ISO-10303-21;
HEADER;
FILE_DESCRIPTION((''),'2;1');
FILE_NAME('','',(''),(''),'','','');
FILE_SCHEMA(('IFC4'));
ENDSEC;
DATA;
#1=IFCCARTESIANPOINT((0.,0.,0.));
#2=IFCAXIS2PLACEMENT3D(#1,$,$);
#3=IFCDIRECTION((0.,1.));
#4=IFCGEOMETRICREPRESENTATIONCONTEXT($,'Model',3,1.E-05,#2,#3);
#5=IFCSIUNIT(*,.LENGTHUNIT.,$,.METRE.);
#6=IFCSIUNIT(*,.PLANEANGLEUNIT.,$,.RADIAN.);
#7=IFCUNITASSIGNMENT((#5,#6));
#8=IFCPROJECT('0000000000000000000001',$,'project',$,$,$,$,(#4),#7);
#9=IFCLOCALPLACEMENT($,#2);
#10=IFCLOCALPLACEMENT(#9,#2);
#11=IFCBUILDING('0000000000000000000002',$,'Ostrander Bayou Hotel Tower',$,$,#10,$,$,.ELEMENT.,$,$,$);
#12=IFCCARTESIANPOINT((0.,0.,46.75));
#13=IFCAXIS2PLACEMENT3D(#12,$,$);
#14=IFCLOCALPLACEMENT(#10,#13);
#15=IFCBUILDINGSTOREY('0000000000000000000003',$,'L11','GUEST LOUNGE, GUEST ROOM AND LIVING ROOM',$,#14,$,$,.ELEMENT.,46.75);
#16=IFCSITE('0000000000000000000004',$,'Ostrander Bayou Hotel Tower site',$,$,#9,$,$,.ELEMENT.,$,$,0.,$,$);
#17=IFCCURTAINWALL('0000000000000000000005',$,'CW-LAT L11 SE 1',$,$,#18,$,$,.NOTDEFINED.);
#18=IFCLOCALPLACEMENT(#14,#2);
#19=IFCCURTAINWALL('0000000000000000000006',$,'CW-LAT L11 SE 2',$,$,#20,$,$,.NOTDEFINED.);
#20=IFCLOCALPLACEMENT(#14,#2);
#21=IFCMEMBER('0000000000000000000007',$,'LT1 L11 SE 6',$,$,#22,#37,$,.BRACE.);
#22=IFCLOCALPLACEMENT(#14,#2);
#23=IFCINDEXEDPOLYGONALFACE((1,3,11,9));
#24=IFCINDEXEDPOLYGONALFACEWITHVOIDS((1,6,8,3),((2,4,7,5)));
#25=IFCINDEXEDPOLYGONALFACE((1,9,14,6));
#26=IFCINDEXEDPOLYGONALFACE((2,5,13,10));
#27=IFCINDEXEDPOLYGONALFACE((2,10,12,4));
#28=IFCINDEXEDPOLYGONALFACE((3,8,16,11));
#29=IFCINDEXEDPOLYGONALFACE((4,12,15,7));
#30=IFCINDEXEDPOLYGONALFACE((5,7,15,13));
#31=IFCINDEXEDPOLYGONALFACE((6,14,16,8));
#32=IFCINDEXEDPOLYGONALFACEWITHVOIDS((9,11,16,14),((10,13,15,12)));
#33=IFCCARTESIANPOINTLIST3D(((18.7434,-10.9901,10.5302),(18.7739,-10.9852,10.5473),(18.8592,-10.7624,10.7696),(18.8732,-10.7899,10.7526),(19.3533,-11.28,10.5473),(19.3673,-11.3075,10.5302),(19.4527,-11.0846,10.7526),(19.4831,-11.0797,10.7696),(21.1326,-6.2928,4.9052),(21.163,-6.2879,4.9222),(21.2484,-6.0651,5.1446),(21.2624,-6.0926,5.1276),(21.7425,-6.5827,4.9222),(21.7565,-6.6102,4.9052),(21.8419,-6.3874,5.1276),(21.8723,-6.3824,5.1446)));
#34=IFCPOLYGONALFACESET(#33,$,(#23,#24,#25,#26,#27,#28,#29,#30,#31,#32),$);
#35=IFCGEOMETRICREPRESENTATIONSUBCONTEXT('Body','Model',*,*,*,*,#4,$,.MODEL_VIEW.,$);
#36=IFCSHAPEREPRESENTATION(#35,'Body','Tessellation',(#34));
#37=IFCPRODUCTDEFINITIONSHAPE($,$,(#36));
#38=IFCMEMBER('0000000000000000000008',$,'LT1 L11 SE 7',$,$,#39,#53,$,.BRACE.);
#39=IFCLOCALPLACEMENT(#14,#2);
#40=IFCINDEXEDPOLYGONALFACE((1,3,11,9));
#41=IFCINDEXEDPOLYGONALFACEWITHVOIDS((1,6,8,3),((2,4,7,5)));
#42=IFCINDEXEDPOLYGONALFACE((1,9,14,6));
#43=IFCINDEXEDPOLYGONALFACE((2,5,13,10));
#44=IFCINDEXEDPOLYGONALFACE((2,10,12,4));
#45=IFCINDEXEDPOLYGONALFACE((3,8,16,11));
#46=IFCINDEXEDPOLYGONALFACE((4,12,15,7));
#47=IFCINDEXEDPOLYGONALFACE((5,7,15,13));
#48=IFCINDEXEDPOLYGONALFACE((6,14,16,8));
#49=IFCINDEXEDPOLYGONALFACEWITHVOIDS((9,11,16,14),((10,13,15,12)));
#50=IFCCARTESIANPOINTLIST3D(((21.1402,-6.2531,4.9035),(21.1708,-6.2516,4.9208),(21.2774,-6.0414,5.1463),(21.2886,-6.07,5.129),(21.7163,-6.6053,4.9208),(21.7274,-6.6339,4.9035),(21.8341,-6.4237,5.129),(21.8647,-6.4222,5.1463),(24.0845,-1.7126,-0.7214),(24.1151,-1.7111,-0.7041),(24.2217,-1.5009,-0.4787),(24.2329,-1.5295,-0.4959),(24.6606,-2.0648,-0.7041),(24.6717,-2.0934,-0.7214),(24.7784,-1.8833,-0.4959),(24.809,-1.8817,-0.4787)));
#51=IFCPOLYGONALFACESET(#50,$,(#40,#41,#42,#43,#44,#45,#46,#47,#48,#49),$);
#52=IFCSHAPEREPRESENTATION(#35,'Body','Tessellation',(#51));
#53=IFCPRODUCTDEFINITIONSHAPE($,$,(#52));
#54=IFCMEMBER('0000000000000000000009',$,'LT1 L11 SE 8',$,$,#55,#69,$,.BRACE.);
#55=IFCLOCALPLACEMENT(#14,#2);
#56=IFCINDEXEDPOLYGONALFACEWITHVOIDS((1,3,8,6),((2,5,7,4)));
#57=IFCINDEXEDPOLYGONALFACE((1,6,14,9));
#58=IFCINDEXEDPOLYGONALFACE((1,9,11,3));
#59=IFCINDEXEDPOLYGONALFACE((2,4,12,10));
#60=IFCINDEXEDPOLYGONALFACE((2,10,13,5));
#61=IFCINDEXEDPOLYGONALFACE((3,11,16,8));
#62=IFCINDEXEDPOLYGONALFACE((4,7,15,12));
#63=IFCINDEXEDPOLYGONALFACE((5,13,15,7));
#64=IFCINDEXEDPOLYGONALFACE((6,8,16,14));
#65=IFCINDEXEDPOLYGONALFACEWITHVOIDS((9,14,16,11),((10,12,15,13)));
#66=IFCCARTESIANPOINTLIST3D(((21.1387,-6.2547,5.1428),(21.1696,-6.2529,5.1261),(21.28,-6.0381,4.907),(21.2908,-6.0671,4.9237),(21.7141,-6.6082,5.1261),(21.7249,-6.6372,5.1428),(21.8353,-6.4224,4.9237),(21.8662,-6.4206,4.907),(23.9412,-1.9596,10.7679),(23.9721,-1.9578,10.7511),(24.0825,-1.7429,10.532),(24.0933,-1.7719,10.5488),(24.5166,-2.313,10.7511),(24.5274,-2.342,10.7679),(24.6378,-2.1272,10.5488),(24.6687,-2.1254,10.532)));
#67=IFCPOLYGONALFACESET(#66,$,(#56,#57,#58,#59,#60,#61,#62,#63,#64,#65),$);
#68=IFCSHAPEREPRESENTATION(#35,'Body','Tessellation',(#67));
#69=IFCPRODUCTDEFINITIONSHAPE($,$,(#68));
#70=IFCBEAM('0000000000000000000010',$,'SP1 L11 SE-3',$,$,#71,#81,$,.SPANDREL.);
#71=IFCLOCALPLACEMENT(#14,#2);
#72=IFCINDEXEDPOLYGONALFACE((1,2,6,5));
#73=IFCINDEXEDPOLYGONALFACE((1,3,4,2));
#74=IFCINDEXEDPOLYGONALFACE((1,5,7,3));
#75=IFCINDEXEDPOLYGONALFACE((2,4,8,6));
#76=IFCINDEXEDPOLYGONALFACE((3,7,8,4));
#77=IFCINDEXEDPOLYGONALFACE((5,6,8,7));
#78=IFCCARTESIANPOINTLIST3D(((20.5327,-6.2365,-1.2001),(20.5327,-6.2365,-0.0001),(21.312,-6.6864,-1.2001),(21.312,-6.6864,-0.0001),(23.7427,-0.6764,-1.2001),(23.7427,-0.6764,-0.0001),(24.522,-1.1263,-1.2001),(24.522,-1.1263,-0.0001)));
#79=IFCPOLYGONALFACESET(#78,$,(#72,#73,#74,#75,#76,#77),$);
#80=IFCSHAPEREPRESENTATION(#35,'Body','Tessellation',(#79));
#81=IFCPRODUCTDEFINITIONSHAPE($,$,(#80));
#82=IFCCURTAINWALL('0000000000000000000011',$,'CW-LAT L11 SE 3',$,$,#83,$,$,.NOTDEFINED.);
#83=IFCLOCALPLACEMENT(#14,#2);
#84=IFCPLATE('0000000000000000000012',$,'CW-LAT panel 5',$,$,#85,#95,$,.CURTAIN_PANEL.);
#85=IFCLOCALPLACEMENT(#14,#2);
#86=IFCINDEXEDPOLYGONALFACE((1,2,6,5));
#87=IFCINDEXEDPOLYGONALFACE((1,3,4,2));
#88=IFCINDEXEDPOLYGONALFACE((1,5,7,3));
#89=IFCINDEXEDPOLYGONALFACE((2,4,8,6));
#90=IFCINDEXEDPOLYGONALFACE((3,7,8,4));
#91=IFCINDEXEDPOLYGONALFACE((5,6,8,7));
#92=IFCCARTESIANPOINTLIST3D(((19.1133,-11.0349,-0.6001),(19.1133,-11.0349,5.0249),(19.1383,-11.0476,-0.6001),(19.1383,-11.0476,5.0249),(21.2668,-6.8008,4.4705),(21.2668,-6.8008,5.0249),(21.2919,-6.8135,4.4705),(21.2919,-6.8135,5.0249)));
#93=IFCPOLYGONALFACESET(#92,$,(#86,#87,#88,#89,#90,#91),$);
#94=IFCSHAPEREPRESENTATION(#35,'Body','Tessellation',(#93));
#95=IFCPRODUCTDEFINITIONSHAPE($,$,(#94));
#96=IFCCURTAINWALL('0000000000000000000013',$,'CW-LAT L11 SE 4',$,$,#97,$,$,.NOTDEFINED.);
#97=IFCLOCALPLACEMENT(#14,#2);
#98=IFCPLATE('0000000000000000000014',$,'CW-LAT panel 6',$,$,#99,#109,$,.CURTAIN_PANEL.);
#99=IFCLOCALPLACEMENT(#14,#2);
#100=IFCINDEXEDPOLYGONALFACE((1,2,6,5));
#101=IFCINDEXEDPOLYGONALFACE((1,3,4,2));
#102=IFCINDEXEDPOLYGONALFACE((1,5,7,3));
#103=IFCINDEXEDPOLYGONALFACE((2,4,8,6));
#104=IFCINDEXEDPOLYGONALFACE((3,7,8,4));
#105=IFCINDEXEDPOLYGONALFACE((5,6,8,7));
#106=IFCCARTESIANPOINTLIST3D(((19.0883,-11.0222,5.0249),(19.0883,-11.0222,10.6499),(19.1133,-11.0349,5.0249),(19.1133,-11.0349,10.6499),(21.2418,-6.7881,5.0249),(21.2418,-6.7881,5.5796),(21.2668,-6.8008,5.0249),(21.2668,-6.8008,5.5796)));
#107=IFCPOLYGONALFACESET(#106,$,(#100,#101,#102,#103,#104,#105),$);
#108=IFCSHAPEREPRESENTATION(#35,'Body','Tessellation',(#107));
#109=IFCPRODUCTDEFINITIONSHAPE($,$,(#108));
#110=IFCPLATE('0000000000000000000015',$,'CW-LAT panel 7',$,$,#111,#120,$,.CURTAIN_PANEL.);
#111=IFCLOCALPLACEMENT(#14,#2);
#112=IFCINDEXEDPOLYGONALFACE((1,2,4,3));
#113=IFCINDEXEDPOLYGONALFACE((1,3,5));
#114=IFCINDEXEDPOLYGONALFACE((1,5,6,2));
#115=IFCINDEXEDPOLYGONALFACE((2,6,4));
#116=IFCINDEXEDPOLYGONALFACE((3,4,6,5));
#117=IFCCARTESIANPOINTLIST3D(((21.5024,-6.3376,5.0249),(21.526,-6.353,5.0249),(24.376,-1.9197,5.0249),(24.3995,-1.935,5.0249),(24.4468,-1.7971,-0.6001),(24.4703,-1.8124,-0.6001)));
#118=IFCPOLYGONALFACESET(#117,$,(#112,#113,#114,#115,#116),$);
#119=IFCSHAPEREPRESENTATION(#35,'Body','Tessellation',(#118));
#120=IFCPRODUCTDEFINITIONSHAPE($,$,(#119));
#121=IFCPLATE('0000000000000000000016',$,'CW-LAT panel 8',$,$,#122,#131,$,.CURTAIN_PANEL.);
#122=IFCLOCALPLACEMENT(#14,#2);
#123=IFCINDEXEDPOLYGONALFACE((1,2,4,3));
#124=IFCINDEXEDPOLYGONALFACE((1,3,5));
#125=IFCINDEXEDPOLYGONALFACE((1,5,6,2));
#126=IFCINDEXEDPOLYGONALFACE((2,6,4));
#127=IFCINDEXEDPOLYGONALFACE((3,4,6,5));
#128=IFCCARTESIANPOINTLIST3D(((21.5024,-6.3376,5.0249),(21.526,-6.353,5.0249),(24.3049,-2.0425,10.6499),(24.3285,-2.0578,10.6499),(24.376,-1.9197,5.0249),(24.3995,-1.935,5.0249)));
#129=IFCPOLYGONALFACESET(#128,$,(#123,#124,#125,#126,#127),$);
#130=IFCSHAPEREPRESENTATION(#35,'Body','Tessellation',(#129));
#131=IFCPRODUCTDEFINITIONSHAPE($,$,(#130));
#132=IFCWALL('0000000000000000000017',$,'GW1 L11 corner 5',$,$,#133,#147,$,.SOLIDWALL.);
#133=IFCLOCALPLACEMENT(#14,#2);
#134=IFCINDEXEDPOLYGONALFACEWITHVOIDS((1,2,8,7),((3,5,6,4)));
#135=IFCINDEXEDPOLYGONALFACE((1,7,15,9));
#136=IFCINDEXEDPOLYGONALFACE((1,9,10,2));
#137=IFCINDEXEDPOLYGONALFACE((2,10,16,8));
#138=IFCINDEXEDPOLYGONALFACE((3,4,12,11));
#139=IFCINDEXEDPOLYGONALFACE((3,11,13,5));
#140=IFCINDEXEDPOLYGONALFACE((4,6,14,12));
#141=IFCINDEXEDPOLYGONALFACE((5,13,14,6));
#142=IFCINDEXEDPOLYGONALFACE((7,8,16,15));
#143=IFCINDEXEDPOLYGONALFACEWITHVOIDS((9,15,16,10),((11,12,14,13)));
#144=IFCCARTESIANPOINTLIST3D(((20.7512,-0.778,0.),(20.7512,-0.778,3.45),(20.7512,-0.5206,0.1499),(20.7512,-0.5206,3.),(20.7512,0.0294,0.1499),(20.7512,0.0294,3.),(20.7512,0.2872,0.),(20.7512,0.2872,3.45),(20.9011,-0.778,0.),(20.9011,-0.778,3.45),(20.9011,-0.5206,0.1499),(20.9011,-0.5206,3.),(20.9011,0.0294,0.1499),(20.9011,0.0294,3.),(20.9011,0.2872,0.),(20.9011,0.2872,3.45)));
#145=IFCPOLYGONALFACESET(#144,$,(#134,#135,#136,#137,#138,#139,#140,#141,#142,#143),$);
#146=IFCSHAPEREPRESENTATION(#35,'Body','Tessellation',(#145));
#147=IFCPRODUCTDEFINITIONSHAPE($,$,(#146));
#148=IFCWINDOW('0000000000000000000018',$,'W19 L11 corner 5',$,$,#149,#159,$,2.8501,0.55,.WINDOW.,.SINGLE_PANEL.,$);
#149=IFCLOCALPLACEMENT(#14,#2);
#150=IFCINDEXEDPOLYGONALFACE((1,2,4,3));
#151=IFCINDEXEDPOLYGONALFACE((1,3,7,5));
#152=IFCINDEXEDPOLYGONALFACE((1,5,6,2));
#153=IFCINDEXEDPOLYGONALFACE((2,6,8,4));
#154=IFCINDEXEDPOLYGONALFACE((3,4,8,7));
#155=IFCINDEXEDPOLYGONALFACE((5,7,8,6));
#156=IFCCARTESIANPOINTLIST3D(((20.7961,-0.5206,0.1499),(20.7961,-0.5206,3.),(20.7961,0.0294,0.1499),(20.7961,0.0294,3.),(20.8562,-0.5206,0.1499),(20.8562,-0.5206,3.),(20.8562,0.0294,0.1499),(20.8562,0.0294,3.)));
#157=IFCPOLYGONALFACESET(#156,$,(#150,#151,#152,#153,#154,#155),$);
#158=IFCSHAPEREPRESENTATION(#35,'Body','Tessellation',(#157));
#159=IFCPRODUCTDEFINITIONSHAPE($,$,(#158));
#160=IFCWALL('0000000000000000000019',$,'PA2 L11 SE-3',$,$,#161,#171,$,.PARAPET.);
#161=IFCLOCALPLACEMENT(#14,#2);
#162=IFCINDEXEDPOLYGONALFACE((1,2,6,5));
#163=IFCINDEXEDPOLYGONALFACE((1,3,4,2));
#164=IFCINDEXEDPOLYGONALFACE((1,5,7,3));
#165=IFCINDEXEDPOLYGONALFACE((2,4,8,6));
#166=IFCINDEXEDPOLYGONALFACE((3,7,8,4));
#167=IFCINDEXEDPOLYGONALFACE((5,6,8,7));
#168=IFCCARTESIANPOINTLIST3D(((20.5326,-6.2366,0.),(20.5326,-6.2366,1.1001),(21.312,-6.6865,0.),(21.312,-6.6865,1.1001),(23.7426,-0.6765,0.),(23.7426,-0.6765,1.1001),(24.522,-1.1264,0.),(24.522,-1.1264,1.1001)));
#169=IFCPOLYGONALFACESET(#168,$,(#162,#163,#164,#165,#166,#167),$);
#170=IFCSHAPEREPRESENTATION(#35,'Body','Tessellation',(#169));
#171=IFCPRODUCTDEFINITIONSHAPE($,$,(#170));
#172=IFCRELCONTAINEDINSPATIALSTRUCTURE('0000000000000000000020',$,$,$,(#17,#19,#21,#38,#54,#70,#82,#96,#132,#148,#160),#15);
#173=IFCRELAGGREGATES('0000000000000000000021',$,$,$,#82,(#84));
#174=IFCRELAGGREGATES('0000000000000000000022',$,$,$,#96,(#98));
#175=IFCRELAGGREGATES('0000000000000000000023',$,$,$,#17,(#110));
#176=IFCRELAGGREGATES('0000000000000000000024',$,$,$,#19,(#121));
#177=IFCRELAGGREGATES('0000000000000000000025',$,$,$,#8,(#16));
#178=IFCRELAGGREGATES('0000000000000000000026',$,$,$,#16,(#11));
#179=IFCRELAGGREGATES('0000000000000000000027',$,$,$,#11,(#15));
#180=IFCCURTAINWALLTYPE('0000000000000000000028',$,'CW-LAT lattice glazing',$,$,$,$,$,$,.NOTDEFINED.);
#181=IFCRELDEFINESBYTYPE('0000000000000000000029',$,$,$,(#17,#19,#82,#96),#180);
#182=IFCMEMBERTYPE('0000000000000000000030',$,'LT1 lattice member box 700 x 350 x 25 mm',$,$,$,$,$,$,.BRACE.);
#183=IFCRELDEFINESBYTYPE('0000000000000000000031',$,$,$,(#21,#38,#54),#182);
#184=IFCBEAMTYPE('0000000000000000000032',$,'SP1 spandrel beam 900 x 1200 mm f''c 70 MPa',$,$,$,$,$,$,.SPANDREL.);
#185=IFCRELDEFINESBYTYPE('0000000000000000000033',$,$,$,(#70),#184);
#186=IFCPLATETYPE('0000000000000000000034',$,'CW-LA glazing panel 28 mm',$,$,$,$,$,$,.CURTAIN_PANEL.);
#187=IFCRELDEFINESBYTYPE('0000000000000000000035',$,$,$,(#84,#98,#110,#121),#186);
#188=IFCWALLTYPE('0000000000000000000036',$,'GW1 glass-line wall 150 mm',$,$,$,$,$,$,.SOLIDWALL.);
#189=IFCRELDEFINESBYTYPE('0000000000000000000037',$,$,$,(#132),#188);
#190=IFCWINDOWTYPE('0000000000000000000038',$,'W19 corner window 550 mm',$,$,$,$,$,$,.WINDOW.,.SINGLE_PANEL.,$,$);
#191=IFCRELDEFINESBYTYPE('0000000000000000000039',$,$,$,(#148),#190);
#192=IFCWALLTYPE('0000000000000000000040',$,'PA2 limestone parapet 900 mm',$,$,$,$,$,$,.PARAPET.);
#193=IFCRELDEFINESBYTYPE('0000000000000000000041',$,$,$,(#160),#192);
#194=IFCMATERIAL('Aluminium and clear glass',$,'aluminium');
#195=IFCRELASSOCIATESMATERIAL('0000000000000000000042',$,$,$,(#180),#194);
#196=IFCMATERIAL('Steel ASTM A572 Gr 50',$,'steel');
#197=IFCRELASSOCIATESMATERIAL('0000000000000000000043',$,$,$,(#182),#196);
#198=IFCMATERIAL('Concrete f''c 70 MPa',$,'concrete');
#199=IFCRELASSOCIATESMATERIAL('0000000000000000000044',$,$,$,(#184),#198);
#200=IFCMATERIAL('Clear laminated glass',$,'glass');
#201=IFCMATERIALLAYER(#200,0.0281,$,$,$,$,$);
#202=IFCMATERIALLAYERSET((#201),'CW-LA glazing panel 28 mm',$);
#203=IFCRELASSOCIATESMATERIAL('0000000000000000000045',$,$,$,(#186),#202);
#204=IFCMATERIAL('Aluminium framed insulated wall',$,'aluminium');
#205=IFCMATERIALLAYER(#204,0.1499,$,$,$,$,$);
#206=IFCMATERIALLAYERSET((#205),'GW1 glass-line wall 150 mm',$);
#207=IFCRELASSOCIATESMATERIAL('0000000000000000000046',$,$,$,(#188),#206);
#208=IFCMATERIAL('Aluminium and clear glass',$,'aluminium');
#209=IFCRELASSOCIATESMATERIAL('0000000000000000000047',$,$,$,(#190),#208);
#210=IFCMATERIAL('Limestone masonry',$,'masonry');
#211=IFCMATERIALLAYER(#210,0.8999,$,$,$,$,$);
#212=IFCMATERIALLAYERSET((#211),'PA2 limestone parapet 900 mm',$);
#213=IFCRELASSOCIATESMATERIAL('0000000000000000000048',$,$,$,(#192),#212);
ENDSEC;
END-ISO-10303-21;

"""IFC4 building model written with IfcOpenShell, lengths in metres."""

from ifc_helpers import new_model, si_unit, direction, frame, frame_2d, origin, origin_2d, place, context, subcontext, project, spatial, polyline, rectangle, hollow_rectangle, outline, extrude, material, layer, layer_set, material_profile, profile_set, type_object, element, fill, aggregate, save


model = new_model("IFC4")

# Units and contexts
model_context = context("Model", 3, precision=1e-05, world=origin(), true_north=direction((0.0, 1.0)))
body_context = subcontext(model_context, "Body", "Model", "MODEL_VIEW")
ifc_project = project(units=[si_unit("LENGTHUNIT", "METRE"), si_unit("PLANEANGLEUNIT", "RADIAN")], contexts=[model_context])

# Site, building, storey
site_placement = place(None, origin())
site = spatial("IfcSite", under=ifc_project, at=site_placement, Name="Ostrander Bayou Hotel Tower site", CompositionType="ELEMENT", RefElevation=0.0)
building_placement = place(site_placement, origin())
building = spatial("IfcBuilding", under=site, at=building_placement, Name="Ostrander Bayou Hotel Tower", CompositionType="ELEMENT")
storey_placement = place(building_placement, frame((0.0, 0.0, 46.75)))
storey = spatial("IfcBuildingStorey", under=building, at=storey_placement, Name="L11", Description="GUEST LOUNGE, GUEST ROOM AND LIVING ROOM", CompositionType="ELEMENT", Elevation=46.75)

# Curtain walls
ifc_material_1 = material(Name="Aluminium and clear glass", Category="aluminium")
curtain_wall_type = type_object("IfcCurtainWallType", Name="CW-LAT lattice glazing", PredefinedType="NOTDEFINED", material=ifc_material_1)
curtain_wall_1_placement = place(storey_placement, origin())
curtain_wall_1 = element("IfcCurtainWall", 1, at=curtain_wall_1_placement, inside=storey, type_object=curtain_wall_type, Name="CW-LAT L11 SE 1", PredefinedType="NOTDEFINED")
curtain_wall_2_placement = place(storey_placement, origin())
curtain_wall_2 = element("IfcCurtainWall", 2, at=curtain_wall_2_placement, inside=storey, type_object=curtain_wall_type, Name="CW-LAT L11 SE 2", PredefinedType="NOTDEFINED")

# Members
ifc_material_2 = material(Name="Steel ASTM A572 Gr 50", Category="steel")
ifc_material_profile_1 = material_profile(ifc_material_2, hollow_rectangle(XDim=0.7, YDim=0.3501, WallThickness=0.0249, at=origin_2d()))
ifc_profile_set_1 = profile_set([ifc_material_profile_1], Name="Steel ASTM A572 Gr 50")
member_type_1 = type_object("IfcMemberType", Name="LT1 lattice member box 700 x 350 x 25 mm", PredefinedType="BRACE", material=ifc_profile_set_1)
for number, where, z_axis, x_axis, name in (
    (3, (21.5024, -6.3376, 5.0249), (-0.309959, -0.609403, 0.729763), (0.89133, -0.453355, 0.0), "LT1 L11 SE 6"),
):
    element("IfcMember", number, at=place(storey_placement, frame(where, z_axis=z_axis, x_axis=x_axis)), inside=storey, type_object=member_type_1, Name=name, PredefinedType="BRACE", context=body_context, shape_type="SweptSolid", body=[
        extrude(hollow_rectangle(XDim=0.7, YDim=0.3501, WallThickness=0.0249, at=origin_2d()), origin(), (0.0, 0.0, 1.0), 7.708),
    ])
member_1_placement = place(storey_placement, frame((21.5024, -6.3376, 5.0249), z_axis=(0.377212, 0.581707, -0.720644), x_axis=(-0.839035, 0.544078, 0.0)))
element("IfcMember", 4, at=member_1_placement, inside=storey, type_object=member_type_1, Name="LT1 L11 SE 7", PredefinedType="BRACE", context=body_context, shape_type="SweptSolid", body=[
    extrude(hollow_rectangle(XDim=0.7, YDim=0.3501, WallThickness=0.0249, at=origin_2d()), origin(), (0.0, 0.0, 1.0), 7.8054),
])
member_2_placement = place(storey_placement, frame((21.5024, -6.3376, 5.0249), z_axis=(0.368166, 0.56426, 0.738962), x_axis=(-0.837495, 0.546445, 0.0)))
element("IfcMember", 5, at=member_2_placement, inside=storey, type_object=member_type_1, Name="LT1 L11 SE 8", PredefinedType="BRACE", context=body_context, shape_type="SweptSolid", body=[
    extrude(hollow_rectangle(XDim=0.7, YDim=0.3501, WallThickness=0.0249, at=origin_2d()), origin(), (0.0, 0.0, 1.0), 7.6121),
])

# Beam
ifc_material_3 = material(Name="Concrete f'c 70 MPa", Category="concrete")
ifc_material_profile_2 = material_profile(ifc_material_3, rectangle(XDim=0.8999, YDim=1.2, at=origin_2d()))
ifc_profile_set_2 = profile_set([ifc_material_profile_2], Name="Concrete f'c 70 MPa")
beam_type_1 = type_object("IfcBeamType", Name="SP1 spandrel beam 900 x 1200 mm f'c 70 MPa", PredefinedType="SPANDREL", material=ifc_profile_set_2)
beam_1_placement = place(storey_placement, frame((20.9224, -6.4614, -0.6001), z_axis=(0.499984, 0.866035, 0.0), x_axis=(-0.866035, 0.499984, 0.0)))
element("IfcBeam", 6, at=beam_1_placement, inside=storey, type_object=beam_type_1, Name="SP1 L11 SE-3", PredefinedType="SPANDREL", context=body_context, shape_type="SweptSolid", body=[
    extrude(rectangle(XDim=0.8999, YDim=1.2, at=origin_2d()), origin(), (0.0, 0.0, 1.0), 6.4202),
])

# Curtain walls, plates
curtain_wall_3_placement = place(storey_placement, origin())
curtain_wall_3 = element("IfcCurtainWall", 7, at=curtain_wall_3_placement, inside=storey, type_object=curtain_wall_type, Name="CW-LAT L11 SE 3", PredefinedType="NOTDEFINED")
ifc_material_4 = material(Name="Clear laminated glass", Category="glass")
ifc_layer_1 = layer(ifc_material_4, 0.0281)
ifc_layer_set_1 = layer_set([ifc_layer_1], Name="CW-LA glazing panel 28 mm")
plate_type = type_object("IfcPlateType", Name="CW-LA glazing panel 28 mm", PredefinedType="CURTAIN_PANEL", material=ifc_layer_set_1)
plate_1_placement = place(storey_placement, frame((21.2668, -6.8008, 4.4705), z_axis=(-0.891333, 0.45335, 0.0), x_axis=(-0.30995, -0.609393, -0.729775)))
plate_1 = element("IfcPlate", 8, at=plate_1_placement, type_object=plate_type, Name="CW-LAT panel 5", PredefinedType="CURTAIN_PANEL", context=body_context, shape_type="SweptSolid", body=[
    extrude(outline(polyline([(0.0, 0.0), (6.9481, 0.0), (2.8431, 3.8457), (-0.4046, 0.3791), (0.0, 0.0)])), origin(), (0.0, 0.0, -1.0), 0.0281),
])
aggregate(curtain_wall_3, [plate_1])
curtain_wall_4_placement = place(storey_placement, origin())
curtain_wall_4 = element("IfcCurtainWall", 9, at=curtain_wall_4_placement, inside=storey, type_object=curtain_wall_type, Name="CW-LAT L11 SE 4", PredefinedType="NOTDEFINED")
plate_2_placement = place(storey_placement, frame((21.2668, -6.8008, 5.5796), z_axis=(0.891333, -0.45335, 0.0), x_axis=(-0.309958, -0.609409, 0.729758)))
plate_2 = element("IfcPlate", 10, at=plate_2_placement, type_object=plate_type, Name="CW-LAT panel 6", PredefinedType="CURTAIN_PANEL", context=body_context, shape_type="SweptSolid", body=[
    extrude(outline(polyline([(0.0, 0.0), (6.9479, 0.0), (2.843, 3.8458), (-0.4048, 0.3792), (0.0, 0.0)])), origin(), (0.0, 0.0, -1.0), 0.0281),
])
aggregate(curtain_wall_4, [plate_2])

# Plates
plate_3_placement = place(storey_placement, frame((21.5024, -6.3376, 5.0249), z_axis=(-0.838282, 0.545235, 0.001328), x_axis=(0.377212, 0.581707, -0.720644)))
plate_3 = element("IfcPlate", 11, at=plate_3_placement, type_object=plate_type, Name="CW-LAT panel 7", PredefinedType="CURTAIN_PANEL", context=body_context, shape_type="SweptSolid", body=[
    extrude(outline(polyline([(0.0, 0.0), (7.8055, 0.0), (3.6539, -3.798), (0.0, 0.0)])), origin(), (0.0, 0.0, -1.0), 0.0281),
])
aggregate(curtain_wall_1, [plate_3])
plate_4_placement = place(storey_placement, frame((21.5024, -6.3376, 5.0249), z_axis=(-0.838282, 0.545235, 0.001316), x_axis=(0.368166, 0.56426, 0.738962)))
plate_4 = element("IfcPlate", 12, at=plate_4_placement, type_object=plate_type, Name="CW-LAT panel 8", PredefinedType="CURTAIN_PANEL", context=body_context, shape_type="SweptSolid", body=[
    extrude(outline(polyline([(0.0, 0.0), (7.612, 0.0), (3.5508, 3.8945), (0.0, 0.0)])), origin(), (0.0, 0.0, -1.0), 0.0281),
])
aggregate(curtain_wall_2, [plate_4])

# Wall, opening, window
ifc_material_5 = material(Name="Aluminium framed insulated wall", Category="aluminium")
ifc_layer_2 = layer(ifc_material_5, 0.1499)
ifc_layer_set_2 = layer_set([ifc_layer_2], Name="GW1 glass-line wall 150 mm")
wall_type_1 = type_object("IfcWallType", Name="GW1 glass-line wall 150 mm", PredefinedType="SOLIDWALL", material=ifc_layer_set_2)
wall_1_placement = place(storey_placement, frame((20.8262, -0.7781, 0.0), z_axis=(0.0, 0.0, 1.0), x_axis=(0.0, 1.0, 0.0)))
wall_1 = element("IfcWall", 13, at=wall_1_placement, inside=storey, type_object=wall_type_1, Name="GW1 L11 corner 5", PredefinedType="SOLIDWALL", context=body_context, shape_type="SweptSolid", body=[
    extrude(rectangle(XDim=1.0652, YDim=0.1499, at=frame_2d((0.5327, 0.0))), origin(), (0.0, 0.0, 1.0), 3.45),
])
opening_1_placement = place(wall_1_placement, frame((0.2576, 0.0, 0.1499)))
opening_1 = element("IfcOpeningElement", 14, at=opening_1_placement, cuts=wall_1, PredefinedType="OPENING", context=body_context, shape_type="SweptSolid", body=[
    extrude(rectangle(XDim=0.55, YDim=2.8501, at=frame_2d((0.2749, 1.425))), frame((0.0, 0.075, 0.0), z_axis=(0.0, -1.0, 0.0), x_axis=(1.0, 0.0, 0.0)), (0.0, 0.0, 1.0), 0.1499),
])
ifc_material_6 = material(Name="Aluminium and clear glass", Category="aluminium")
window_type = type_object("IfcWindowType", Name="W19 corner window 550 mm", PartitioningType="SINGLE_PANEL", PredefinedType="WINDOW", material=ifc_material_6)
window_placement = place(opening_1_placement, origin())
window = element("IfcWindow", 15, at=window_placement, inside=storey, type_object=window_type, Name="W19 L11 corner 5", OverallHeight=2.8501, OverallWidth=0.55, PartitioningType="SINGLE_PANEL", PredefinedType="WINDOW", context=body_context, shape_type="SweptSolid", body=[
    extrude(rectangle(XDim=0.55, YDim=2.8501, at=frame_2d((0.2749, 1.425))), frame((0.0, 0.03, 0.0), z_axis=(0.0, -1.0, 0.0), x_axis=(1.0, 0.0, 0.0)), (0.0, 0.0, 1.0), 0.0601),
])
fill(opening_1, window)

# Wall
ifc_material_7 = material(Name="Limestone masonry", Category="masonry")
ifc_layer_3 = layer(ifc_material_7, 0.8999)
ifc_layer_set_3 = layer_set([ifc_layer_3], Name="PA2 limestone parapet 900 mm")
wall_type_2 = type_object("IfcWallType", Name="PA2 limestone parapet 900 mm", PredefinedType="PARAPET", material=ifc_layer_set_3)
wall_2_placement = place(storey_placement, frame((20.9224, -6.4614, 0.0), z_axis=(0.0, 0.0, 1.0), x_axis=(0.499984, 0.866035, 0.0)))
element("IfcWall", 16, at=wall_2_placement, inside=storey, type_object=wall_type_2, Name="PA2 L11 SE-3", PredefinedType="PARAPET", context=body_context, shape_type="SweptSolid", body=[
    extrude(rectangle(XDim=6.4202, YDim=0.8999, at=frame_2d((3.21, 0.0))), origin(), (0.0, 0.0, 1.0), 1.1001),
])

save(model, "model.ifc")
